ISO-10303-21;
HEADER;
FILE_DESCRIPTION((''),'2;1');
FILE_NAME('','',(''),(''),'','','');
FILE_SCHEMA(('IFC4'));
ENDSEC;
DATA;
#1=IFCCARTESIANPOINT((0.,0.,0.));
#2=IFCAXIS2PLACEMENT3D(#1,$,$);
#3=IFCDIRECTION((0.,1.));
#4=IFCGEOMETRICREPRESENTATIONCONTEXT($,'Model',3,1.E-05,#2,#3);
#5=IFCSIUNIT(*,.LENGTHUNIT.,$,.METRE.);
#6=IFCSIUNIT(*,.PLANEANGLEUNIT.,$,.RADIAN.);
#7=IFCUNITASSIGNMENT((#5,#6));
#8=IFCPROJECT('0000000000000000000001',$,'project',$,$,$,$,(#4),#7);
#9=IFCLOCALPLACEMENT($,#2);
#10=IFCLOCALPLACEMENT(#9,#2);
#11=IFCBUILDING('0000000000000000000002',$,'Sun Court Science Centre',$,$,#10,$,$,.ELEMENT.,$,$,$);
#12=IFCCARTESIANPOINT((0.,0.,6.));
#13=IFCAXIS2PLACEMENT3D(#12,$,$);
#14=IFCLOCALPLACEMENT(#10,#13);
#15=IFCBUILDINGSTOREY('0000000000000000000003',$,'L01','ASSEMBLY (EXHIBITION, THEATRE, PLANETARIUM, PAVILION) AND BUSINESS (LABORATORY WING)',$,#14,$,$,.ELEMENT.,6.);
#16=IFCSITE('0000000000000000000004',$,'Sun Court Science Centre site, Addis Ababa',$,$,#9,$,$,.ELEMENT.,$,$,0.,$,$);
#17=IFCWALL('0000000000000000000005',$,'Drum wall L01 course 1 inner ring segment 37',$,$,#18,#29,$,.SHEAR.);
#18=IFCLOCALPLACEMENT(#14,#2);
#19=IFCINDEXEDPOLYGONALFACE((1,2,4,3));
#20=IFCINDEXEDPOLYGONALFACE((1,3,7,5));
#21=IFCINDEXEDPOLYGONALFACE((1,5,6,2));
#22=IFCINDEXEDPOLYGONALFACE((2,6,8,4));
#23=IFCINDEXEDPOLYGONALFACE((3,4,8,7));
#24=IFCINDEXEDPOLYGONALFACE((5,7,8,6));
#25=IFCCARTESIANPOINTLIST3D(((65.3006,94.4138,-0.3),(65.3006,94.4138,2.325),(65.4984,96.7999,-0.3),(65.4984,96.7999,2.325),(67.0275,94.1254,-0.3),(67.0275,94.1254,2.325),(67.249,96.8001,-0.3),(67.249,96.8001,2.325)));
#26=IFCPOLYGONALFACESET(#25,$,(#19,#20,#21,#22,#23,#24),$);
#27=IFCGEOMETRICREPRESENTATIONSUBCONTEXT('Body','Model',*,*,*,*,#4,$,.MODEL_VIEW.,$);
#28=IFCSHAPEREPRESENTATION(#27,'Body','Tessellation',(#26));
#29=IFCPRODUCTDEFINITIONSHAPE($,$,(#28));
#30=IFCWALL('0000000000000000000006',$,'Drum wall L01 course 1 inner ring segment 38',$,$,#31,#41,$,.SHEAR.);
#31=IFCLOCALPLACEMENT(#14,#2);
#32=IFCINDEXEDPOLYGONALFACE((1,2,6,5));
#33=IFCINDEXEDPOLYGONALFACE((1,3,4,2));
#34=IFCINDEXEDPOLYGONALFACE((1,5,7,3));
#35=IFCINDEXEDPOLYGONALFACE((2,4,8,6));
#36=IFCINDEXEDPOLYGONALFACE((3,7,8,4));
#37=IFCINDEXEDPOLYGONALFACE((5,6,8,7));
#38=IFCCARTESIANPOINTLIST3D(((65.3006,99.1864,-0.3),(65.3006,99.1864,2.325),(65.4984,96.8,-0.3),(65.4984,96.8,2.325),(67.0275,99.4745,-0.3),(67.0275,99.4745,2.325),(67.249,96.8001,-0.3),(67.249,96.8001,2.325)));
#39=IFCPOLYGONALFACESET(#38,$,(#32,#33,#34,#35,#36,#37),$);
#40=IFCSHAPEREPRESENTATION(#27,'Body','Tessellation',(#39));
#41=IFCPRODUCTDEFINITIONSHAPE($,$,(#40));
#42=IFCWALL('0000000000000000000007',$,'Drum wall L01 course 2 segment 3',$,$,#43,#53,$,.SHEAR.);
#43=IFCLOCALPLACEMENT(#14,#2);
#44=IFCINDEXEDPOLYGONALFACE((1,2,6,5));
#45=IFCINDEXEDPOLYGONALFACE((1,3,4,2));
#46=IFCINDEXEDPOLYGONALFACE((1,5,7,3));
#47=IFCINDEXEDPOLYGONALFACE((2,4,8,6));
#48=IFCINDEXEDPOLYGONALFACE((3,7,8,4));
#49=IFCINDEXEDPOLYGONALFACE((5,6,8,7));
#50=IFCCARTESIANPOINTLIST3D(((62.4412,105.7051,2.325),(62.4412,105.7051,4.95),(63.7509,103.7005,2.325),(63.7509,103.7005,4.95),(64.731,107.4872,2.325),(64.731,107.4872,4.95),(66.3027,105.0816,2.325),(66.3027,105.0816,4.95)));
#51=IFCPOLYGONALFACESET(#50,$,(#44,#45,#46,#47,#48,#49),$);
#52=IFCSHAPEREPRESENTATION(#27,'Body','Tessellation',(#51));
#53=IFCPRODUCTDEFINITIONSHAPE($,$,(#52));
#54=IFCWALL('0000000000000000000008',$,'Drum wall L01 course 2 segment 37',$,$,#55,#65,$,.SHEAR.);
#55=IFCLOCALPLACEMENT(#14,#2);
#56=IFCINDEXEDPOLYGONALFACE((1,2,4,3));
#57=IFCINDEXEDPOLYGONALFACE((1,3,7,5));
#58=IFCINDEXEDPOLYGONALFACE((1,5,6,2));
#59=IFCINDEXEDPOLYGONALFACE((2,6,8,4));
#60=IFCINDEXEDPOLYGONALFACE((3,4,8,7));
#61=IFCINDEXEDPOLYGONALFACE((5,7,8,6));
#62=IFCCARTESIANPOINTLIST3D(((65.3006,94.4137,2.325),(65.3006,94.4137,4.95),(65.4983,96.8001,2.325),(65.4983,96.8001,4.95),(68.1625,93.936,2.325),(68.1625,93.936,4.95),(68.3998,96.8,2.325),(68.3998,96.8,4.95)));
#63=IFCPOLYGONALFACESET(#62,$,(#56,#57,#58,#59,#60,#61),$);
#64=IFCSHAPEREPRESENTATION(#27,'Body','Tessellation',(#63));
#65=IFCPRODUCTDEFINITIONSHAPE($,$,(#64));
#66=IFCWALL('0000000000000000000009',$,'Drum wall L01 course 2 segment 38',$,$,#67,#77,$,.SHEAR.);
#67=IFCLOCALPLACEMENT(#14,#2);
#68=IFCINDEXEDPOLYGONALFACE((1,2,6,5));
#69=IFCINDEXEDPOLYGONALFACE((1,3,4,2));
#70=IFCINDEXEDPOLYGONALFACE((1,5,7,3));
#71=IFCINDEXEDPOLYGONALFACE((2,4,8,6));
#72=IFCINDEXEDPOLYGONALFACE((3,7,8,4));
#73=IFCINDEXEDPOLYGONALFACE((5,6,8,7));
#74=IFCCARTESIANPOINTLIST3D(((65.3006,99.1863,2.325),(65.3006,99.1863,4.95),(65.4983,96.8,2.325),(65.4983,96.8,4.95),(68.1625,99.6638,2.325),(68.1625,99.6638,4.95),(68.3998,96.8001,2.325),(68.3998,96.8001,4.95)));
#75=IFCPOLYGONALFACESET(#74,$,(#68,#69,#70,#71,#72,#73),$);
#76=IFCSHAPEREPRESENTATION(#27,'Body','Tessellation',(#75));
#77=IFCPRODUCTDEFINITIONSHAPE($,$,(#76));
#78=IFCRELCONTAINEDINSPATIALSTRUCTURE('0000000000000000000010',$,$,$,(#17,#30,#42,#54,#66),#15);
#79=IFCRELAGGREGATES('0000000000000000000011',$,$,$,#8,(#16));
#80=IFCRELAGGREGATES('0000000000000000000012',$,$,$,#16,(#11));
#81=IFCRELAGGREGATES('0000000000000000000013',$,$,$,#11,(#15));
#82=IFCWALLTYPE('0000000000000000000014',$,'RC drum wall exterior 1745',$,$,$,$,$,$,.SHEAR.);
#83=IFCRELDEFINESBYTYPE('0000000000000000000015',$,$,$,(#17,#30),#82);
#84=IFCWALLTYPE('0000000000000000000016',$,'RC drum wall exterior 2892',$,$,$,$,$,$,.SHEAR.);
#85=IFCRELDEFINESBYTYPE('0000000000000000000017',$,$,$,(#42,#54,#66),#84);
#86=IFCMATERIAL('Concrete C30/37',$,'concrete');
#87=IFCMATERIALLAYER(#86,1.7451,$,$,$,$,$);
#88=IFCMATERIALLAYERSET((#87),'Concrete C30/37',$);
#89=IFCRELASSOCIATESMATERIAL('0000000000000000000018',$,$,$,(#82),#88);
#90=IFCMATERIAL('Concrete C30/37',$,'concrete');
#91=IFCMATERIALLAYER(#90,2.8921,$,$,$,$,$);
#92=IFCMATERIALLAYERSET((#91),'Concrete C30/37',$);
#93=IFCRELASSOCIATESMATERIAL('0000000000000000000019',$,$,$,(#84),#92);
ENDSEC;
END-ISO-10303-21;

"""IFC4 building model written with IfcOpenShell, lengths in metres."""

from ifc_helpers import new_model, si_unit, direction, frame, origin, place, context, subcontext, project, spatial, polyline, outline, extrude, material, layer, layer_set, type_object, element, save


model = new_model("IFC4")

# Units and contexts
model_context = context("Model", 3, precision=1e-05, world=origin(), true_north=direction((0.0, 1.0)))
body_context = subcontext(model_context, "Body", "Model", "MODEL_VIEW")
ifc_project = project(units=[si_unit("LENGTHUNIT", "METRE"), si_unit("PLANEANGLEUNIT", "RADIAN")], contexts=[model_context])

# Site, building, storey
site_placement = place(None, origin())
site = spatial("IfcSite", under=ifc_project, at=site_placement, Name="Sun Court Science Centre site, Addis Ababa", CompositionType="ELEMENT", RefElevation=0.0)
building_placement = place(site_placement, origin())
building = spatial("IfcBuilding", under=site, at=building_placement, Name="Sun Court Science Centre", CompositionType="ELEMENT")
storey_placement = place(building_placement, frame((0.0, 0.0, 6.0)))
storey = spatial("IfcBuildingStorey", under=building, at=storey_placement, Name="L01", Description="ASSEMBLY (EXHIBITION, THEATRE, PLANETARIUM, PAVILION) AND BUSINESS (LABORATORY WING)", CompositionType="ELEMENT", Elevation=6.0)

# Walls
ifc_material_1 = material(Name="Concrete C30/37", Category="concrete")
ifc_layer_1 = layer(ifc_material_1, 1.7451)
ifc_layer_set_1 = layer_set([ifc_layer_1], Name="Concrete C30/37")
wall_type_1 = type_object("IfcWallType", Name="RC drum wall exterior 1745", PredefinedType="SHEAR", material=ifc_layer_set_1)
wall_1_placement = place(storey_placement, frame((66.158, 94.1975, -0.3), z_axis=(0.0, 0.0, 1.0), x_axis=(0.082601, 0.996583, 0.0)))
element("IfcWall", 1, at=wall_1_placement, inside=storey, type_object=wall_type_1, Name="Drum wall L01 course 1 inner ring segment 37", PredefinedType="SHEAR", context=body_context, shape_type="SweptSolid", body=[
    extrude(outline(polyline([(0.0, -0.8726), (2.6838, -0.8723), (2.5391, 0.8723), (0.1448, 0.8723), (0.0, -0.8726)])), origin(), (0.0, 0.0, 1.0), 2.625),
])
wall_2_placement = place(storey_placement, frame((66.3796, 96.728, -0.3), z_axis=(0.0, 0.0, 1.0), x_axis=(-0.082601, 0.996583, 0.0)))
element("IfcWall", 2, at=wall_2_placement, inside=storey, type_object=wall_type_1, Name="Drum wall L01 course 1 inner ring segment 38", PredefinedType="SHEAR", context=body_context, shape_type="SweptSolid", body=[
    extrude(outline(polyline([(0.0, -0.8723), (2.6836, -0.8726), (2.5391, 0.8723), (0.1445, 0.8723), (0.0, -0.8723)])), origin(), (0.0, 0.0, 1.0), 2.625),
])
ifc_material_2 = material(Name="Concrete C30/37", Category="concrete")
ifc_layer_2 = layer(ifc_material_2, 2.8921)
ifc_layer_set_2 = layer_set([ifc_layer_2], Name="Concrete C30/37")
wall_type_2 = type_object("IfcWallType", Name="RC drum wall exterior 2892", PredefinedType="SHEAR", material=ifc_layer_set_2)
wall_3_placement = place(storey_placement, frame((65.0923, 104.2908, 2.325), z_axis=(0.0, 0.0, 1.0), x_axis=(-0.546952, 0.837164, 0.0)))
element("IfcWall", 3, at=wall_3_placement, inside=storey, type_object=wall_type_2, Name="Drum wall L01 course 2 segment 3", PredefinedType="SHEAR", context=body_context, shape_type="SweptSolid", body=[
    extrude(outline(polyline([(0.0, -1.4458), (2.8735, -1.4458), (2.634, 1.4458), (0.2395, 1.4458), (0.0, -1.4458)])), origin(), (0.0, 0.0, 1.0), 2.625),
])
wall_4_placement = place(storey_placement, frame((66.7217, 94.0554, 2.325), z_axis=(0.0, 0.0, 1.0), x_axis=(0.082574, 0.996585, 0.0)))
element("IfcWall", 4, at=wall_4_placement, inside=storey, type_object=wall_type_2, Name="Drum wall L01 course 2 segment 37", PredefinedType="SHEAR", context=body_context, shape_type="SweptSolid", body=[
    extrude(outline(polyline([(0.0, -1.4458), (2.8738, -1.4458), (2.6343, 1.4458), (0.2397, 1.4458), (0.0, -1.4458)])), origin(), (0.0, 0.0, 1.0), 2.625),
])
wall_5_placement = place(storey_placement, frame((66.959, 96.6807, 2.325), z_axis=(0.0, 0.0, 1.0), x_axis=(-0.082581, 0.996584, 0.0)))
element("IfcWall", 5, at=wall_5_placement, inside=storey, type_object=wall_type_2, Name="Drum wall L01 course 2 segment 38", PredefinedType="SHEAR", context=body_context, shape_type="SweptSolid", body=[
    extrude(outline(polyline([(0.0, -1.4458), (2.8735, -1.4458), (2.634, 1.4458), (0.2395, 1.4458), (0.0, -1.4458)])), origin(), (0.0, 0.0, 1.0), 2.625),
])

save(model, "model.ifc")
